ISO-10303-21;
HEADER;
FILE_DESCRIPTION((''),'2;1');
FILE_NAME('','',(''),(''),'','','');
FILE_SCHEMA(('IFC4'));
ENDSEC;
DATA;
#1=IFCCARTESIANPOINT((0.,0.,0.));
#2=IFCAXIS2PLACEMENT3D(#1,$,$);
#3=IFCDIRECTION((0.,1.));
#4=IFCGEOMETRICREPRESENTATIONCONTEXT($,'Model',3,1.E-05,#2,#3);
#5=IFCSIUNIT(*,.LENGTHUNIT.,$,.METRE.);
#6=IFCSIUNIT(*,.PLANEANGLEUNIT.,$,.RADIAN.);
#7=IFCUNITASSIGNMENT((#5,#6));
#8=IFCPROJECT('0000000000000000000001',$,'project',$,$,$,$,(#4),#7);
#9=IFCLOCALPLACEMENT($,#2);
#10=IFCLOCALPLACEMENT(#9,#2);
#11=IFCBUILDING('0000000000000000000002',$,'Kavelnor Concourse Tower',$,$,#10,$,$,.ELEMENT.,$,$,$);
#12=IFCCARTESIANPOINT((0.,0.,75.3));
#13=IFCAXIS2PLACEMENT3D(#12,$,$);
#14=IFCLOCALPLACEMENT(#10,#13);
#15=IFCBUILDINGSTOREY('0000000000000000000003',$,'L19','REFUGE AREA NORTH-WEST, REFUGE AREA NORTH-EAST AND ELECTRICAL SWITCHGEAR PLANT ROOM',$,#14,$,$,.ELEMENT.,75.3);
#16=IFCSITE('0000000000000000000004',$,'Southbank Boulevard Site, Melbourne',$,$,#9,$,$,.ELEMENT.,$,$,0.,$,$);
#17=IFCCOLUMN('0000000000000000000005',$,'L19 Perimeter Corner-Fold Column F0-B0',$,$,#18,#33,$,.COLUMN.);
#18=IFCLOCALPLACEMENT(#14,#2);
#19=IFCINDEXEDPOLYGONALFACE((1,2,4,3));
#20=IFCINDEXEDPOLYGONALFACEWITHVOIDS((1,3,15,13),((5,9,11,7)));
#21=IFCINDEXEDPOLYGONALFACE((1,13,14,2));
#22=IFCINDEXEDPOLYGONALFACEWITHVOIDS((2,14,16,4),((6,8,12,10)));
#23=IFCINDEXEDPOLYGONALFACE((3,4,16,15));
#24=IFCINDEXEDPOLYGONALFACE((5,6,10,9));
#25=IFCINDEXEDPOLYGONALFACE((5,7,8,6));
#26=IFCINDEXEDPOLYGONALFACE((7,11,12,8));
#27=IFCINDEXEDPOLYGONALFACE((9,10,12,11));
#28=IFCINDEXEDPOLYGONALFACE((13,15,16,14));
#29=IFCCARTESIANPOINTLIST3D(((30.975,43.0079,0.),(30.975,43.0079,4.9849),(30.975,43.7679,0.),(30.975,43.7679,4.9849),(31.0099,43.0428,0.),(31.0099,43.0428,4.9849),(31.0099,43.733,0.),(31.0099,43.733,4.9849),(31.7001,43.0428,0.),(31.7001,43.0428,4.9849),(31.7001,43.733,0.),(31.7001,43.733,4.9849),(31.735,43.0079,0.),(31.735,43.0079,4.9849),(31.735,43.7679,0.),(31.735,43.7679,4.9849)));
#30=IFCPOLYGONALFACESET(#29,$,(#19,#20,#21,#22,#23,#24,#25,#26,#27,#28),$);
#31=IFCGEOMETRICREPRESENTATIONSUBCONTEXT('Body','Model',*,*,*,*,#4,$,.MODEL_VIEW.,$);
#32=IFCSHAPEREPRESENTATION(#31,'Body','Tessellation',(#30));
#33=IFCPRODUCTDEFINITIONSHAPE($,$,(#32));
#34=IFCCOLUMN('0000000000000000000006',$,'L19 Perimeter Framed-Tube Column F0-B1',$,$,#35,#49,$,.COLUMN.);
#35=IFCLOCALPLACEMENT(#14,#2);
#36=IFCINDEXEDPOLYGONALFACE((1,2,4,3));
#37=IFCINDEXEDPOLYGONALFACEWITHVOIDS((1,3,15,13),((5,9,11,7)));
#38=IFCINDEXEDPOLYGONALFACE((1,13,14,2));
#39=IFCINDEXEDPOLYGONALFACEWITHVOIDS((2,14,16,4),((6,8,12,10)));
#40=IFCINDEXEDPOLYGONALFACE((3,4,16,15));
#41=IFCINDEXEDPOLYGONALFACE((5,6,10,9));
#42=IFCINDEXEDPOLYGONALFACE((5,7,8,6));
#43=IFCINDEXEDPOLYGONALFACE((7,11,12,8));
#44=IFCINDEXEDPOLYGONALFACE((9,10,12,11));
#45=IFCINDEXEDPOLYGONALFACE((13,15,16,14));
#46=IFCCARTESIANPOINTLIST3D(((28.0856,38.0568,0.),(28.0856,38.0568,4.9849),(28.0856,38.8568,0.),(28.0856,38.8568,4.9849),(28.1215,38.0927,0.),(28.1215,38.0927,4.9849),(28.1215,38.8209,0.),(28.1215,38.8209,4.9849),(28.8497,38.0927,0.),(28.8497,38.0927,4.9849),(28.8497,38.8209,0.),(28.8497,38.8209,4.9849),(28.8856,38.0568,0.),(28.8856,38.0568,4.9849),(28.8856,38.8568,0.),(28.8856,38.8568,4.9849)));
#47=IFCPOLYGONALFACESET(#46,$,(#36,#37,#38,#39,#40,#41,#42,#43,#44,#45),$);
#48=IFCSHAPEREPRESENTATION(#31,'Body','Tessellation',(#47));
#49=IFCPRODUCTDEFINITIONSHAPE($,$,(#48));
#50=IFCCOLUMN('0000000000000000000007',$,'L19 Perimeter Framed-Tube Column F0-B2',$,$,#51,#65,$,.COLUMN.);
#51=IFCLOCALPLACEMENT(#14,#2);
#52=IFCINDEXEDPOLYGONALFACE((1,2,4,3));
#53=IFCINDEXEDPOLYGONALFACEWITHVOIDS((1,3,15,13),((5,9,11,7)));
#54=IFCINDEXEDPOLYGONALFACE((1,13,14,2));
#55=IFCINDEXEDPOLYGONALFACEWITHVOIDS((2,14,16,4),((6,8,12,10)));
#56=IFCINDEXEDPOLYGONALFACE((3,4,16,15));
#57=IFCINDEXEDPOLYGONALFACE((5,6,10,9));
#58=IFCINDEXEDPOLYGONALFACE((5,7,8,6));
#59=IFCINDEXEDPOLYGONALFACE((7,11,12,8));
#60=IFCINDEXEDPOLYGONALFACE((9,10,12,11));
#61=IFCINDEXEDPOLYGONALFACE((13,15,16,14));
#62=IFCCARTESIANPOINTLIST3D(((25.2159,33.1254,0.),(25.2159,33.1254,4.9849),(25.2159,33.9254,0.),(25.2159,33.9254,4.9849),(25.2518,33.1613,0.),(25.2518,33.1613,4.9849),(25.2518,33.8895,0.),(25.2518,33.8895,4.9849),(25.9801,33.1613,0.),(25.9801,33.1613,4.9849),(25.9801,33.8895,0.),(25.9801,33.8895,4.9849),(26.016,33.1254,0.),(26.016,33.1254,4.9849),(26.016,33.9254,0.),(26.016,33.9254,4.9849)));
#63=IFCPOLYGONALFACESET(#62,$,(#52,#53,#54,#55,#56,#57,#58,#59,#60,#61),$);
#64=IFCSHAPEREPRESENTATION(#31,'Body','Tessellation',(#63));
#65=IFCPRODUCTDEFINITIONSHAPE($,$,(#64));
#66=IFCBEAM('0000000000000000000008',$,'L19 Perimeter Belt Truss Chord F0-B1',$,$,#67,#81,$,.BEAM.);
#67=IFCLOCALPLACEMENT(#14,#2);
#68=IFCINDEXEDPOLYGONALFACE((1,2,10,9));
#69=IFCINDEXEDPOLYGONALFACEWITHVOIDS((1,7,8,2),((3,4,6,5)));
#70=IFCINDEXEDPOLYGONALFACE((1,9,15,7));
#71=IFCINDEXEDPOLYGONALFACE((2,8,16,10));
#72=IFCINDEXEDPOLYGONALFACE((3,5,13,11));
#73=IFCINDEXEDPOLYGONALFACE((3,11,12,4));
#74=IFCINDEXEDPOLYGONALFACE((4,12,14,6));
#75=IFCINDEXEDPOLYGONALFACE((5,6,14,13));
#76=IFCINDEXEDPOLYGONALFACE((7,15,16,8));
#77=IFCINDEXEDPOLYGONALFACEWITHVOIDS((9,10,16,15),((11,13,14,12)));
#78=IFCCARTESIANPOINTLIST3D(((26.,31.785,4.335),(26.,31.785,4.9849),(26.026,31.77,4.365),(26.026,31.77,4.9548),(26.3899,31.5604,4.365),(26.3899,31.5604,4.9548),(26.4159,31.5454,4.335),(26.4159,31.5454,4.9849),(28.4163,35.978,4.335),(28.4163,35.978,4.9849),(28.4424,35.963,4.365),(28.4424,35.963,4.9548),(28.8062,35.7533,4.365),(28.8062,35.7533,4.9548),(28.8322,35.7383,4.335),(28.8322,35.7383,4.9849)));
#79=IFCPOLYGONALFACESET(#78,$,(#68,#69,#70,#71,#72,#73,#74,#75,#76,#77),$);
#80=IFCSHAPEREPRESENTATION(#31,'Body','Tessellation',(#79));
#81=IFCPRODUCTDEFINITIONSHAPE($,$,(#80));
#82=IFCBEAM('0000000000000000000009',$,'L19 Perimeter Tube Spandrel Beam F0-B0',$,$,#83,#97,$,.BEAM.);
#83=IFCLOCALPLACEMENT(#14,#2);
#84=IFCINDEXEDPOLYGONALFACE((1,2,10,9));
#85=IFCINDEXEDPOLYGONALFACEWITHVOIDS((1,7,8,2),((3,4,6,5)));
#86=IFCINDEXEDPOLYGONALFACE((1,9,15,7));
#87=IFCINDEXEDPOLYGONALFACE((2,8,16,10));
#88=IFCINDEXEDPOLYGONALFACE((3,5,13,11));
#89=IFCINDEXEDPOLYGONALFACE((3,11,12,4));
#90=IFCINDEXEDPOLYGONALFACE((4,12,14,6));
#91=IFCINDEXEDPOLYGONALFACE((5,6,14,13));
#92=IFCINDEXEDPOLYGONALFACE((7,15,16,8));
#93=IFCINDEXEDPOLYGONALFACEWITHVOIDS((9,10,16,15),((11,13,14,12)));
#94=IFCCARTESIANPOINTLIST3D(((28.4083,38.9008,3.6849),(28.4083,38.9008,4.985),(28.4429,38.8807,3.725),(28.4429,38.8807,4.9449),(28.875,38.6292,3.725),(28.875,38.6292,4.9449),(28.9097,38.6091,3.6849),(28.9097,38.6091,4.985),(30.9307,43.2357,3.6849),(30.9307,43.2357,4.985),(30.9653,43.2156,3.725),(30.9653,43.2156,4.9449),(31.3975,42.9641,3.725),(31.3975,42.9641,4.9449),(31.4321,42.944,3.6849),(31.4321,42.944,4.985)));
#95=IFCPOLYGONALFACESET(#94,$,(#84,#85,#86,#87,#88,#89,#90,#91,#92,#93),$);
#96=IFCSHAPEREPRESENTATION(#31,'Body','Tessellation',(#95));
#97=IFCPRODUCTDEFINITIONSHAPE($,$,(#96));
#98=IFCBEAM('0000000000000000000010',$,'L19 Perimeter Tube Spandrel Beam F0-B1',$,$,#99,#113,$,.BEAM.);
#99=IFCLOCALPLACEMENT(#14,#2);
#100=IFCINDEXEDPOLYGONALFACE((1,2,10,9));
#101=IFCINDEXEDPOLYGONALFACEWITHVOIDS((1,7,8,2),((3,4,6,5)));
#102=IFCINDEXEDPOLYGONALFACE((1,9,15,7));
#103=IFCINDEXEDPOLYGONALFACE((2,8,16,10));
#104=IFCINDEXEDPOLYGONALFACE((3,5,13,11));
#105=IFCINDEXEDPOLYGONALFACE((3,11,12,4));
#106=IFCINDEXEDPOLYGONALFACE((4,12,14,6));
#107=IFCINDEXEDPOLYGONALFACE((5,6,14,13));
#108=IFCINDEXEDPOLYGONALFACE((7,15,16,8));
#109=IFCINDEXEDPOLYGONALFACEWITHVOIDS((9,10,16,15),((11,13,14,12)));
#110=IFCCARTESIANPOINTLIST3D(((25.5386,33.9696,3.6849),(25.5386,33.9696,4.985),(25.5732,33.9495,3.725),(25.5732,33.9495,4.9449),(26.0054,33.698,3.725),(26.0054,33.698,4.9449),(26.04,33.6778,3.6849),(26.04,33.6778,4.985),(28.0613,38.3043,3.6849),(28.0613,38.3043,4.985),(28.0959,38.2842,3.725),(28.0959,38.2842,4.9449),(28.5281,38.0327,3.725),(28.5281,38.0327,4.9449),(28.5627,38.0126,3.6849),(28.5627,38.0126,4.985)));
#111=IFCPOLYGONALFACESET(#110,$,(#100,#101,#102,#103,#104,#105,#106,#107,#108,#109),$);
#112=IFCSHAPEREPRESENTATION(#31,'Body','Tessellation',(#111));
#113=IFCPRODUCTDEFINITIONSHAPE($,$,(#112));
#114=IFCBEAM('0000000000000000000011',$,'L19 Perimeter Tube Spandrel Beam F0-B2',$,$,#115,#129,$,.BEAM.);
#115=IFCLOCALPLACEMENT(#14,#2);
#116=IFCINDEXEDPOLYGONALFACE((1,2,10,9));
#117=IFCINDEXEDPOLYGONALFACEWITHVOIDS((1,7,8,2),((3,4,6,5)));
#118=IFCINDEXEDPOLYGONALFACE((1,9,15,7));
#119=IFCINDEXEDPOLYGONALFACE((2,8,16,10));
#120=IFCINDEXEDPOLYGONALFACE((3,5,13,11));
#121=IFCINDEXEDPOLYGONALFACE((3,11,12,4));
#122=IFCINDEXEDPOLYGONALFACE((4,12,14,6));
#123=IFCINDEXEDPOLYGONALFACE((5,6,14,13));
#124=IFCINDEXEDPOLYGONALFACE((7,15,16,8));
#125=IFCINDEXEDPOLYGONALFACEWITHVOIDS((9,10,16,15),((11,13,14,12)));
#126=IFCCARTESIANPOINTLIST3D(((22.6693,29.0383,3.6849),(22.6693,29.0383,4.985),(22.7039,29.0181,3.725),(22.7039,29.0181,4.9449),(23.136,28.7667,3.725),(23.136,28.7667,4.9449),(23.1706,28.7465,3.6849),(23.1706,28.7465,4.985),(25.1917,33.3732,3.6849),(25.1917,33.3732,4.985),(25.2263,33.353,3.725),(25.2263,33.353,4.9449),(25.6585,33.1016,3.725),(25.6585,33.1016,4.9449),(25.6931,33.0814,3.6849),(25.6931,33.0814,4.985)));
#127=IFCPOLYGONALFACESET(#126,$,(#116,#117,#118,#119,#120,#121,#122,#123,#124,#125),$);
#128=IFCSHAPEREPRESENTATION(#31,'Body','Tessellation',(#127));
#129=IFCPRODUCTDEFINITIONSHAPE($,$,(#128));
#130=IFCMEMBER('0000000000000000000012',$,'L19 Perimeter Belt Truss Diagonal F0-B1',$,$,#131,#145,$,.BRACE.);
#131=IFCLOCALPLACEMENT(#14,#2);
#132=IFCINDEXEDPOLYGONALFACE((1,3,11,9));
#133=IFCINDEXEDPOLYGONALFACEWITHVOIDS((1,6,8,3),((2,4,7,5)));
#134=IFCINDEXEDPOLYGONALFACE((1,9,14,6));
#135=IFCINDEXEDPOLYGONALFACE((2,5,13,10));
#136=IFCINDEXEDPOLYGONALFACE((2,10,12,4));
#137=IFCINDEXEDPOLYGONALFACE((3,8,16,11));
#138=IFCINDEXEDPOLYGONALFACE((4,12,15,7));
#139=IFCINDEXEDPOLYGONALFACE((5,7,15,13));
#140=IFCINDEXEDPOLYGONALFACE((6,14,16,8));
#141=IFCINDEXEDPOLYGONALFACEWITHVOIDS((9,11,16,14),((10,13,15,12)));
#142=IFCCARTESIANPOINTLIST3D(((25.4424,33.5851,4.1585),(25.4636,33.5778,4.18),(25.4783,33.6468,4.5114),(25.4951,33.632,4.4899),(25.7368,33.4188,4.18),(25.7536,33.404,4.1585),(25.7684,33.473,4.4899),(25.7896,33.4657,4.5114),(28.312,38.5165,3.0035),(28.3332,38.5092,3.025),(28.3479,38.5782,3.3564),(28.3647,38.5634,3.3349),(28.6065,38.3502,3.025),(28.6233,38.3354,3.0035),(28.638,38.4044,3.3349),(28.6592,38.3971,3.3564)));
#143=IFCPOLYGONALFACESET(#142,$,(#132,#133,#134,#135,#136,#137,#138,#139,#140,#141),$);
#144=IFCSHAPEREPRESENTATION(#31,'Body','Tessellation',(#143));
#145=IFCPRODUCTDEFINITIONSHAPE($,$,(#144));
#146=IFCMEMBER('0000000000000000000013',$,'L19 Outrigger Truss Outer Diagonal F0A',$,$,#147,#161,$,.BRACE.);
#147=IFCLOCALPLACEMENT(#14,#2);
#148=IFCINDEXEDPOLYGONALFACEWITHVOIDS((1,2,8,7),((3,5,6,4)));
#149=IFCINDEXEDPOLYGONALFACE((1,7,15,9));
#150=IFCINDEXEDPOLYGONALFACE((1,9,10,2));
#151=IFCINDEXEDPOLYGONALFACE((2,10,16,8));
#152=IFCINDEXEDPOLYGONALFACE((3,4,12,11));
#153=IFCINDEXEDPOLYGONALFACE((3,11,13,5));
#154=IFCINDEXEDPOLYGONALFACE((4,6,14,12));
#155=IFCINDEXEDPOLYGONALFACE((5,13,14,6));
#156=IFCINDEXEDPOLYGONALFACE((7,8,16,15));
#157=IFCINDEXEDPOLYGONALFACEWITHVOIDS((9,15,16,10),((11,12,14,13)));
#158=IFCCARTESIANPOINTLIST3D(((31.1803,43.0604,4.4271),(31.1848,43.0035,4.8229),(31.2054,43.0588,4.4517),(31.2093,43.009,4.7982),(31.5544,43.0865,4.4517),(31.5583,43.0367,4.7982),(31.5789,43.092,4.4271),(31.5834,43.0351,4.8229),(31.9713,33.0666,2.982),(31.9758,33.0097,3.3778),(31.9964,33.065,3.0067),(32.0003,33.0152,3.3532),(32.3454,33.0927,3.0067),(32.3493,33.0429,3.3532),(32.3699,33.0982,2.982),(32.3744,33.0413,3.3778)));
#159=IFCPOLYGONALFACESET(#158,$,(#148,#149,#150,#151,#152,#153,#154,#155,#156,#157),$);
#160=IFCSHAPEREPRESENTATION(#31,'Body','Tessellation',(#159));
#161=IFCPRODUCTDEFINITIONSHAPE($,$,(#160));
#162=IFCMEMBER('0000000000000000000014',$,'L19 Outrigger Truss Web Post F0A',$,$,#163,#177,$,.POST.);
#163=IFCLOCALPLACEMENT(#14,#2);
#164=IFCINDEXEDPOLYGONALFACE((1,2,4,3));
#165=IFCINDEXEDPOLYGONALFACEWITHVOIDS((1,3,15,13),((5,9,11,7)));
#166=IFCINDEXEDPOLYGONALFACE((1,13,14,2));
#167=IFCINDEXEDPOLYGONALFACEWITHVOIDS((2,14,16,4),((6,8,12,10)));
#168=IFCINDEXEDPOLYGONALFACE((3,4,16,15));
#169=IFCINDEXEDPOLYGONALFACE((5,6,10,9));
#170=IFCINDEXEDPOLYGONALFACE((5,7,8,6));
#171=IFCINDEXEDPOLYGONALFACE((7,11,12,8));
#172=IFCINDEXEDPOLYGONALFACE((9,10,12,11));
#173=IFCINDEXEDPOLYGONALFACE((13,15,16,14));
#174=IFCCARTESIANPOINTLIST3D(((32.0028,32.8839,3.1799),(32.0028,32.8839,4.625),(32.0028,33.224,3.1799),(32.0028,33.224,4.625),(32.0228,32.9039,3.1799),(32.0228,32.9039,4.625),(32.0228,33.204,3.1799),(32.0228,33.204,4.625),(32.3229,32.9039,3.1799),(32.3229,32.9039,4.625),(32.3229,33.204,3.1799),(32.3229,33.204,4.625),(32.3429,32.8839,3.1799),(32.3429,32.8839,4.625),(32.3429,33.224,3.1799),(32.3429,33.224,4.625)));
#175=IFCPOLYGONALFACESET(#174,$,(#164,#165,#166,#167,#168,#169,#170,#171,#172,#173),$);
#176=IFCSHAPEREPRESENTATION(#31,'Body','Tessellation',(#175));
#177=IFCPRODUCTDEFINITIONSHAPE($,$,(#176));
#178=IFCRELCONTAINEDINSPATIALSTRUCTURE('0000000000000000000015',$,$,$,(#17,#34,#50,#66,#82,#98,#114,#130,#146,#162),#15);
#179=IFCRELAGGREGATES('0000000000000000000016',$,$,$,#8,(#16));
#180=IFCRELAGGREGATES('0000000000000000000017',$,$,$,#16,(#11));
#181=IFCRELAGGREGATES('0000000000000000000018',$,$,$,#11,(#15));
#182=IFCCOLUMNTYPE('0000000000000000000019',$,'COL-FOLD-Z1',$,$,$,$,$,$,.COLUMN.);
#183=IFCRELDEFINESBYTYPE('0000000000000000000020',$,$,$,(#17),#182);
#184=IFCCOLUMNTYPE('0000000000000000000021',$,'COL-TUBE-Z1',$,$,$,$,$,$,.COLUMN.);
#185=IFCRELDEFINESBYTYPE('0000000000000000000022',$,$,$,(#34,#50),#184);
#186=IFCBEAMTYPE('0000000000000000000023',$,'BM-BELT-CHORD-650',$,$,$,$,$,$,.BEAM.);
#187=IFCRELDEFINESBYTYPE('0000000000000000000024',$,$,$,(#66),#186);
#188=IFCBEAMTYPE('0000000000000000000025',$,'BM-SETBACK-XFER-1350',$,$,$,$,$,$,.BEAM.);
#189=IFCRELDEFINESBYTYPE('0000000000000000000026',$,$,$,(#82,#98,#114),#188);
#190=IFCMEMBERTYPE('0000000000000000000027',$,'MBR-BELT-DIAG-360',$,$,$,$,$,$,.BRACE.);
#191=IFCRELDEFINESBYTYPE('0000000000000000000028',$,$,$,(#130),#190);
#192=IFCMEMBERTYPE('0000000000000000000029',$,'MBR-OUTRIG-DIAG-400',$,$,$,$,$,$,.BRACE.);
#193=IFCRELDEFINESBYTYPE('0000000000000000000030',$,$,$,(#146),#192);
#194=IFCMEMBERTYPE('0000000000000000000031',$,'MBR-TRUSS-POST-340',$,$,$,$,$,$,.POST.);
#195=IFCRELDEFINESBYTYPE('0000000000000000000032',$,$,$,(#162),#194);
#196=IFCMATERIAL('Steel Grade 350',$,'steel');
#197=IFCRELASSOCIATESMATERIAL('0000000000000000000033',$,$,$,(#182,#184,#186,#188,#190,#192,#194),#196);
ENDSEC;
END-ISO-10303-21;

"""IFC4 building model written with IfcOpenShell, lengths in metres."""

from ifc_helpers import new_model, si_unit, direction, frame, origin, origin_2d, place, context, subcontext, project, spatial, hollow_rectangle, extrude, material, material_profile, profile_set, type_object, element, save


model = new_model("IFC4")

# Units and contexts
model_context = context("Model", 3, precision=1e-05, world=origin(), true_north=direction((0.0, 1.0)))
body_context = subcontext(model_context, "Body", "Model", "MODEL_VIEW")
ifc_project = project(units=[si_unit("LENGTHUNIT", "METRE"), si_unit("PLANEANGLEUNIT", "RADIAN")], contexts=[model_context])

# Site, building, storey
site_placement = place(None, origin())
site = spatial("IfcSite", under=ifc_project, at=site_placement, Name="Southbank Boulevard Site, Melbourne", CompositionType="ELEMENT", RefElevation=0.0)
building_placement = place(site_placement, origin())
building = spatial("IfcBuilding", under=site, at=building_placement, Name="Kavelnor Concourse Tower", CompositionType="ELEMENT")
storey_placement = place(building_placement, frame((0.0, 0.0, 75.3)))
storey = spatial("IfcBuildingStorey", under=building, at=storey_placement, Name="L19", Description="REFUGE AREA NORTH-WEST, REFUGE AREA NORTH-EAST AND ELECTRICAL SWITCHGEAR PLANT ROOM", CompositionType="ELEMENT", Elevation=75.3)

# Columns
ifc_material_1 = material(Name="Steel Grade 350", Category="steel")
ifc_material_profile_1 = material_profile(ifc_material_1, hollow_rectangle(XDim=0.76, YDim=0.76, WallThickness=0.0349, at=origin_2d()), Name="SHS 760x760x35")
ifc_profile_set_1 = profile_set([ifc_material_profile_1], Name="Steel Grade 350")
column_type_1 = type_object("IfcColumnType", Name="COL-FOLD-Z1", PredefinedType="COLUMN", material=ifc_profile_set_1)
column_placement = place(storey_placement, frame((31.355, 43.3879, 0.0), z_axis=(0.0, 0.0, 1.0), x_axis=(1.0, 0.0, 0.0)))
element("IfcColumn", 1, at=column_placement, inside=storey, type_object=column_type_1, Name="L19 Perimeter Corner-Fold Column F0-B0", PredefinedType="COLUMN", context=body_context, shape_type="SweptSolid", body=[
    extrude(hollow_rectangle(XDim=0.76, YDim=0.76, WallThickness=0.0349, at=origin_2d()), origin(), (0.0, 0.0, 1.0), 4.9849),
])
ifc_material_profile_2 = material_profile(ifc_material_1, hollow_rectangle(XDim=0.8, YDim=0.8, WallThickness=0.0359, at=origin_2d()), Name="SHS 800x800x36")
ifc_profile_set_2 = profile_set([ifc_material_profile_2], Name="Steel Grade 350")
column_type_2 = type_object("IfcColumnType", Name="COL-TUBE-Z1", PredefinedType="COLUMN", material=ifc_profile_set_2)
for number, where, z_axis, x_axis, name in (
    (2, (28.4856, 38.4568, 0.0), (0.0, 0.0, 1.0), (1.0, 0.0, 0.0), "L19 Perimeter Framed-Tube Column F0-B1"),
    (3, (25.616, 33.5254, 0.0), (0.0, 0.0, 1.0), (1.0, 0.0, 0.0), "L19 Perimeter Framed-Tube Column F0-B2"),
):
    element("IfcColumn", number, at=place(storey_placement, frame(where, z_axis=z_axis, x_axis=x_axis)), inside=storey, type_object=column_type_2, Name=name, PredefinedType="COLUMN", context=body_context, shape_type="SweptSolid", body=[
        extrude(hollow_rectangle(XDim=0.8, YDim=0.8, WallThickness=0.0359, at=origin_2d()), origin(), (0.0, 0.0, 1.0), 4.9849),
    ])

# Beams
ifc_material_profile_3 = material_profile(ifc_material_1, hollow_rectangle(XDim=0.48, YDim=0.6499, WallThickness=0.03, at=origin_2d()), Name="RHS 650x480x30")
ifc_profile_set_3 = profile_set([ifc_material_profile_3], Name="Steel Grade 350")
beam_type_1 = type_object("IfcBeamType", Name="BM-BELT-CHORD-650", PredefinedType="BEAM", material=ifc_profile_set_3)
beam_placement = place(storey_placement, frame((28.6243, 35.8582, 4.6599), z_axis=(-0.499303, -0.866427, 0.0), x_axis=(0.866427, -0.499303, 0.0)))
element("IfcBeam", 4, at=beam_placement, inside=storey, type_object=beam_type_1, Name="L19 Perimeter Belt Truss Chord F0-B1", PredefinedType="BEAM", context=body_context, shape_type="SweptSolid", body=[
    extrude(hollow_rectangle(XDim=0.48, YDim=0.6499, WallThickness=0.03, at=origin_2d()), origin(), (0.0, 0.0, 1.0), 4.8394),
])
ifc_material_profile_4 = material_profile(ifc_material_1, hollow_rectangle(XDim=0.5801, YDim=1.3, WallThickness=0.04, at=origin_2d()), Name="RHS 1300x580x40")
ifc_profile_set_4 = profile_set([ifc_material_profile_4], Name="Steel Grade 350")
beam_type_2 = type_object("IfcBeamType", Name="BM-SETBACK-XFER-1350", PredefinedType="BEAM", material=ifc_profile_set_4)
for number, where, z_axis, x_axis, name in (
    (5, (31.1814, 43.0898, 4.335), (-0.502939, -0.864322, 0.0), (0.864322, -0.502939, 0.0), "L19 Perimeter Tube Spandrel Beam F0-B0"),
    (6, (28.312, 38.1584, 4.335), (-0.502996, -0.864289, 0.0), (0.864289, -0.502996, 0.0), "L19 Perimeter Tube Spandrel Beam F0-B1"),
    (7, (25.4424, 33.2273, 4.335), (-0.502939, -0.864322, 0.0), (0.864322, -0.502939, 0.0), "L19 Perimeter Tube Spandrel Beam F0-B2"),
):
    element("IfcBeam", number, at=place(storey_placement, frame(where, z_axis=z_axis, x_axis=x_axis)), inside=storey, type_object=beam_type_2, Name=name, PredefinedType="BEAM", context=body_context, shape_type="SweptSolid", body=[
        extrude(hollow_rectangle(XDim=0.5801, YDim=1.3, WallThickness=0.04, at=origin_2d()), origin(), (0.0, 0.0, 1.0), 5.0154),
    ])

# Members
ifc_material_profile_5 = material_profile(ifc_material_1, hollow_rectangle(XDim=0.3601, YDim=0.3601, WallThickness=0.022, at=origin_2d()), Name="SHS 360x360x22")
ifc_profile_set_5 = profile_set([ifc_material_profile_5], Name="Steel Grade 350")
member_type_1 = type_object("IfcMemberType", Name="MBR-BELT-DIAG-360", PredefinedType="BRACE", material=ifc_profile_set_5)
member_1_placement = place(storey_placement, frame((28.4856, 38.4568, 3.1799), z_axis=(-0.492953, -0.84713, 0.198414), x_axis=(0.864314, -0.502953, 0.0)))
element("IfcMember", 8, at=member_1_placement, inside=storey, type_object=member_type_1, Name="L19 Perimeter Belt Truss Diagonal F0-B1", PredefinedType="BRACE", context=body_context, shape_type="SweptSolid", body=[
    extrude(hollow_rectangle(XDim=0.3601, YDim=0.3601, WallThickness=0.022, at=origin_2d()), origin(), (0.0, 0.0, 1.0), 5.8213),
])
ifc_material_profile_6 = material_profile(ifc_material_1, hollow_rectangle(XDim=0.3999, YDim=0.3999, WallThickness=0.0249, at=origin_2d()), Name="SHS 400x400x25")
ifc_profile_set_6 = profile_set([ifc_material_profile_6], Name="Steel Grade 350")
member_type_2 = type_object("IfcMemberType", Name="MBR-OUTRIG-DIAG-400", PredefinedType="BRACE", material=ifc_profile_set_6)
member_2_placement = place(storey_placement, frame((32.1729, 33.054, 3.1799), z_axis=(-0.078096, 0.986685, 0.14267), x_axis=(-0.996882, -0.078903, 0.0)))
element("IfcMember", 9, at=member_2_placement, inside=storey, type_object=member_type_2, Name="L19 Outrigger Truss Outer Diagonal F0A", PredefinedType="BRACE", context=body_context, shape_type="SweptSolid", body=[
    extrude(hollow_rectangle(XDim=0.3999, YDim=0.3999, WallThickness=0.0249, at=origin_2d()), origin(), (0.0, 0.0, 1.0), 10.1287),
])
ifc_material_profile_7 = material_profile(ifc_material_1, hollow_rectangle(XDim=0.3401, YDim=0.3401, WallThickness=0.02, at=origin_2d()), Name="SHS 340x340x20")
ifc_profile_set_7 = profile_set([ifc_material_profile_7], Name="Steel Grade 350")
member_type_3 = type_object("IfcMemberType", Name="MBR-TRUSS-POST-340", PredefinedType="POST", material=ifc_profile_set_7)
member_3_placement = place(storey_placement, frame((32.1729, 33.054, 3.1799), z_axis=(0.0, 0.0, 1.0), x_axis=(1.0, 0.0, 0.0)))
element("IfcMember", 10, at=member_3_placement, inside=storey, type_object=member_type_3, Name="L19 Outrigger Truss Web Post F0A", PredefinedType="POST", context=body_context, shape_type="SweptSolid", body=[
    extrude(hollow_rectangle(XDim=0.3401, YDim=0.3401, WallThickness=0.02, at=origin_2d()), origin(), (0.0, 0.0, 1.0), 1.4451),
])

save(model, "model.ifc")
